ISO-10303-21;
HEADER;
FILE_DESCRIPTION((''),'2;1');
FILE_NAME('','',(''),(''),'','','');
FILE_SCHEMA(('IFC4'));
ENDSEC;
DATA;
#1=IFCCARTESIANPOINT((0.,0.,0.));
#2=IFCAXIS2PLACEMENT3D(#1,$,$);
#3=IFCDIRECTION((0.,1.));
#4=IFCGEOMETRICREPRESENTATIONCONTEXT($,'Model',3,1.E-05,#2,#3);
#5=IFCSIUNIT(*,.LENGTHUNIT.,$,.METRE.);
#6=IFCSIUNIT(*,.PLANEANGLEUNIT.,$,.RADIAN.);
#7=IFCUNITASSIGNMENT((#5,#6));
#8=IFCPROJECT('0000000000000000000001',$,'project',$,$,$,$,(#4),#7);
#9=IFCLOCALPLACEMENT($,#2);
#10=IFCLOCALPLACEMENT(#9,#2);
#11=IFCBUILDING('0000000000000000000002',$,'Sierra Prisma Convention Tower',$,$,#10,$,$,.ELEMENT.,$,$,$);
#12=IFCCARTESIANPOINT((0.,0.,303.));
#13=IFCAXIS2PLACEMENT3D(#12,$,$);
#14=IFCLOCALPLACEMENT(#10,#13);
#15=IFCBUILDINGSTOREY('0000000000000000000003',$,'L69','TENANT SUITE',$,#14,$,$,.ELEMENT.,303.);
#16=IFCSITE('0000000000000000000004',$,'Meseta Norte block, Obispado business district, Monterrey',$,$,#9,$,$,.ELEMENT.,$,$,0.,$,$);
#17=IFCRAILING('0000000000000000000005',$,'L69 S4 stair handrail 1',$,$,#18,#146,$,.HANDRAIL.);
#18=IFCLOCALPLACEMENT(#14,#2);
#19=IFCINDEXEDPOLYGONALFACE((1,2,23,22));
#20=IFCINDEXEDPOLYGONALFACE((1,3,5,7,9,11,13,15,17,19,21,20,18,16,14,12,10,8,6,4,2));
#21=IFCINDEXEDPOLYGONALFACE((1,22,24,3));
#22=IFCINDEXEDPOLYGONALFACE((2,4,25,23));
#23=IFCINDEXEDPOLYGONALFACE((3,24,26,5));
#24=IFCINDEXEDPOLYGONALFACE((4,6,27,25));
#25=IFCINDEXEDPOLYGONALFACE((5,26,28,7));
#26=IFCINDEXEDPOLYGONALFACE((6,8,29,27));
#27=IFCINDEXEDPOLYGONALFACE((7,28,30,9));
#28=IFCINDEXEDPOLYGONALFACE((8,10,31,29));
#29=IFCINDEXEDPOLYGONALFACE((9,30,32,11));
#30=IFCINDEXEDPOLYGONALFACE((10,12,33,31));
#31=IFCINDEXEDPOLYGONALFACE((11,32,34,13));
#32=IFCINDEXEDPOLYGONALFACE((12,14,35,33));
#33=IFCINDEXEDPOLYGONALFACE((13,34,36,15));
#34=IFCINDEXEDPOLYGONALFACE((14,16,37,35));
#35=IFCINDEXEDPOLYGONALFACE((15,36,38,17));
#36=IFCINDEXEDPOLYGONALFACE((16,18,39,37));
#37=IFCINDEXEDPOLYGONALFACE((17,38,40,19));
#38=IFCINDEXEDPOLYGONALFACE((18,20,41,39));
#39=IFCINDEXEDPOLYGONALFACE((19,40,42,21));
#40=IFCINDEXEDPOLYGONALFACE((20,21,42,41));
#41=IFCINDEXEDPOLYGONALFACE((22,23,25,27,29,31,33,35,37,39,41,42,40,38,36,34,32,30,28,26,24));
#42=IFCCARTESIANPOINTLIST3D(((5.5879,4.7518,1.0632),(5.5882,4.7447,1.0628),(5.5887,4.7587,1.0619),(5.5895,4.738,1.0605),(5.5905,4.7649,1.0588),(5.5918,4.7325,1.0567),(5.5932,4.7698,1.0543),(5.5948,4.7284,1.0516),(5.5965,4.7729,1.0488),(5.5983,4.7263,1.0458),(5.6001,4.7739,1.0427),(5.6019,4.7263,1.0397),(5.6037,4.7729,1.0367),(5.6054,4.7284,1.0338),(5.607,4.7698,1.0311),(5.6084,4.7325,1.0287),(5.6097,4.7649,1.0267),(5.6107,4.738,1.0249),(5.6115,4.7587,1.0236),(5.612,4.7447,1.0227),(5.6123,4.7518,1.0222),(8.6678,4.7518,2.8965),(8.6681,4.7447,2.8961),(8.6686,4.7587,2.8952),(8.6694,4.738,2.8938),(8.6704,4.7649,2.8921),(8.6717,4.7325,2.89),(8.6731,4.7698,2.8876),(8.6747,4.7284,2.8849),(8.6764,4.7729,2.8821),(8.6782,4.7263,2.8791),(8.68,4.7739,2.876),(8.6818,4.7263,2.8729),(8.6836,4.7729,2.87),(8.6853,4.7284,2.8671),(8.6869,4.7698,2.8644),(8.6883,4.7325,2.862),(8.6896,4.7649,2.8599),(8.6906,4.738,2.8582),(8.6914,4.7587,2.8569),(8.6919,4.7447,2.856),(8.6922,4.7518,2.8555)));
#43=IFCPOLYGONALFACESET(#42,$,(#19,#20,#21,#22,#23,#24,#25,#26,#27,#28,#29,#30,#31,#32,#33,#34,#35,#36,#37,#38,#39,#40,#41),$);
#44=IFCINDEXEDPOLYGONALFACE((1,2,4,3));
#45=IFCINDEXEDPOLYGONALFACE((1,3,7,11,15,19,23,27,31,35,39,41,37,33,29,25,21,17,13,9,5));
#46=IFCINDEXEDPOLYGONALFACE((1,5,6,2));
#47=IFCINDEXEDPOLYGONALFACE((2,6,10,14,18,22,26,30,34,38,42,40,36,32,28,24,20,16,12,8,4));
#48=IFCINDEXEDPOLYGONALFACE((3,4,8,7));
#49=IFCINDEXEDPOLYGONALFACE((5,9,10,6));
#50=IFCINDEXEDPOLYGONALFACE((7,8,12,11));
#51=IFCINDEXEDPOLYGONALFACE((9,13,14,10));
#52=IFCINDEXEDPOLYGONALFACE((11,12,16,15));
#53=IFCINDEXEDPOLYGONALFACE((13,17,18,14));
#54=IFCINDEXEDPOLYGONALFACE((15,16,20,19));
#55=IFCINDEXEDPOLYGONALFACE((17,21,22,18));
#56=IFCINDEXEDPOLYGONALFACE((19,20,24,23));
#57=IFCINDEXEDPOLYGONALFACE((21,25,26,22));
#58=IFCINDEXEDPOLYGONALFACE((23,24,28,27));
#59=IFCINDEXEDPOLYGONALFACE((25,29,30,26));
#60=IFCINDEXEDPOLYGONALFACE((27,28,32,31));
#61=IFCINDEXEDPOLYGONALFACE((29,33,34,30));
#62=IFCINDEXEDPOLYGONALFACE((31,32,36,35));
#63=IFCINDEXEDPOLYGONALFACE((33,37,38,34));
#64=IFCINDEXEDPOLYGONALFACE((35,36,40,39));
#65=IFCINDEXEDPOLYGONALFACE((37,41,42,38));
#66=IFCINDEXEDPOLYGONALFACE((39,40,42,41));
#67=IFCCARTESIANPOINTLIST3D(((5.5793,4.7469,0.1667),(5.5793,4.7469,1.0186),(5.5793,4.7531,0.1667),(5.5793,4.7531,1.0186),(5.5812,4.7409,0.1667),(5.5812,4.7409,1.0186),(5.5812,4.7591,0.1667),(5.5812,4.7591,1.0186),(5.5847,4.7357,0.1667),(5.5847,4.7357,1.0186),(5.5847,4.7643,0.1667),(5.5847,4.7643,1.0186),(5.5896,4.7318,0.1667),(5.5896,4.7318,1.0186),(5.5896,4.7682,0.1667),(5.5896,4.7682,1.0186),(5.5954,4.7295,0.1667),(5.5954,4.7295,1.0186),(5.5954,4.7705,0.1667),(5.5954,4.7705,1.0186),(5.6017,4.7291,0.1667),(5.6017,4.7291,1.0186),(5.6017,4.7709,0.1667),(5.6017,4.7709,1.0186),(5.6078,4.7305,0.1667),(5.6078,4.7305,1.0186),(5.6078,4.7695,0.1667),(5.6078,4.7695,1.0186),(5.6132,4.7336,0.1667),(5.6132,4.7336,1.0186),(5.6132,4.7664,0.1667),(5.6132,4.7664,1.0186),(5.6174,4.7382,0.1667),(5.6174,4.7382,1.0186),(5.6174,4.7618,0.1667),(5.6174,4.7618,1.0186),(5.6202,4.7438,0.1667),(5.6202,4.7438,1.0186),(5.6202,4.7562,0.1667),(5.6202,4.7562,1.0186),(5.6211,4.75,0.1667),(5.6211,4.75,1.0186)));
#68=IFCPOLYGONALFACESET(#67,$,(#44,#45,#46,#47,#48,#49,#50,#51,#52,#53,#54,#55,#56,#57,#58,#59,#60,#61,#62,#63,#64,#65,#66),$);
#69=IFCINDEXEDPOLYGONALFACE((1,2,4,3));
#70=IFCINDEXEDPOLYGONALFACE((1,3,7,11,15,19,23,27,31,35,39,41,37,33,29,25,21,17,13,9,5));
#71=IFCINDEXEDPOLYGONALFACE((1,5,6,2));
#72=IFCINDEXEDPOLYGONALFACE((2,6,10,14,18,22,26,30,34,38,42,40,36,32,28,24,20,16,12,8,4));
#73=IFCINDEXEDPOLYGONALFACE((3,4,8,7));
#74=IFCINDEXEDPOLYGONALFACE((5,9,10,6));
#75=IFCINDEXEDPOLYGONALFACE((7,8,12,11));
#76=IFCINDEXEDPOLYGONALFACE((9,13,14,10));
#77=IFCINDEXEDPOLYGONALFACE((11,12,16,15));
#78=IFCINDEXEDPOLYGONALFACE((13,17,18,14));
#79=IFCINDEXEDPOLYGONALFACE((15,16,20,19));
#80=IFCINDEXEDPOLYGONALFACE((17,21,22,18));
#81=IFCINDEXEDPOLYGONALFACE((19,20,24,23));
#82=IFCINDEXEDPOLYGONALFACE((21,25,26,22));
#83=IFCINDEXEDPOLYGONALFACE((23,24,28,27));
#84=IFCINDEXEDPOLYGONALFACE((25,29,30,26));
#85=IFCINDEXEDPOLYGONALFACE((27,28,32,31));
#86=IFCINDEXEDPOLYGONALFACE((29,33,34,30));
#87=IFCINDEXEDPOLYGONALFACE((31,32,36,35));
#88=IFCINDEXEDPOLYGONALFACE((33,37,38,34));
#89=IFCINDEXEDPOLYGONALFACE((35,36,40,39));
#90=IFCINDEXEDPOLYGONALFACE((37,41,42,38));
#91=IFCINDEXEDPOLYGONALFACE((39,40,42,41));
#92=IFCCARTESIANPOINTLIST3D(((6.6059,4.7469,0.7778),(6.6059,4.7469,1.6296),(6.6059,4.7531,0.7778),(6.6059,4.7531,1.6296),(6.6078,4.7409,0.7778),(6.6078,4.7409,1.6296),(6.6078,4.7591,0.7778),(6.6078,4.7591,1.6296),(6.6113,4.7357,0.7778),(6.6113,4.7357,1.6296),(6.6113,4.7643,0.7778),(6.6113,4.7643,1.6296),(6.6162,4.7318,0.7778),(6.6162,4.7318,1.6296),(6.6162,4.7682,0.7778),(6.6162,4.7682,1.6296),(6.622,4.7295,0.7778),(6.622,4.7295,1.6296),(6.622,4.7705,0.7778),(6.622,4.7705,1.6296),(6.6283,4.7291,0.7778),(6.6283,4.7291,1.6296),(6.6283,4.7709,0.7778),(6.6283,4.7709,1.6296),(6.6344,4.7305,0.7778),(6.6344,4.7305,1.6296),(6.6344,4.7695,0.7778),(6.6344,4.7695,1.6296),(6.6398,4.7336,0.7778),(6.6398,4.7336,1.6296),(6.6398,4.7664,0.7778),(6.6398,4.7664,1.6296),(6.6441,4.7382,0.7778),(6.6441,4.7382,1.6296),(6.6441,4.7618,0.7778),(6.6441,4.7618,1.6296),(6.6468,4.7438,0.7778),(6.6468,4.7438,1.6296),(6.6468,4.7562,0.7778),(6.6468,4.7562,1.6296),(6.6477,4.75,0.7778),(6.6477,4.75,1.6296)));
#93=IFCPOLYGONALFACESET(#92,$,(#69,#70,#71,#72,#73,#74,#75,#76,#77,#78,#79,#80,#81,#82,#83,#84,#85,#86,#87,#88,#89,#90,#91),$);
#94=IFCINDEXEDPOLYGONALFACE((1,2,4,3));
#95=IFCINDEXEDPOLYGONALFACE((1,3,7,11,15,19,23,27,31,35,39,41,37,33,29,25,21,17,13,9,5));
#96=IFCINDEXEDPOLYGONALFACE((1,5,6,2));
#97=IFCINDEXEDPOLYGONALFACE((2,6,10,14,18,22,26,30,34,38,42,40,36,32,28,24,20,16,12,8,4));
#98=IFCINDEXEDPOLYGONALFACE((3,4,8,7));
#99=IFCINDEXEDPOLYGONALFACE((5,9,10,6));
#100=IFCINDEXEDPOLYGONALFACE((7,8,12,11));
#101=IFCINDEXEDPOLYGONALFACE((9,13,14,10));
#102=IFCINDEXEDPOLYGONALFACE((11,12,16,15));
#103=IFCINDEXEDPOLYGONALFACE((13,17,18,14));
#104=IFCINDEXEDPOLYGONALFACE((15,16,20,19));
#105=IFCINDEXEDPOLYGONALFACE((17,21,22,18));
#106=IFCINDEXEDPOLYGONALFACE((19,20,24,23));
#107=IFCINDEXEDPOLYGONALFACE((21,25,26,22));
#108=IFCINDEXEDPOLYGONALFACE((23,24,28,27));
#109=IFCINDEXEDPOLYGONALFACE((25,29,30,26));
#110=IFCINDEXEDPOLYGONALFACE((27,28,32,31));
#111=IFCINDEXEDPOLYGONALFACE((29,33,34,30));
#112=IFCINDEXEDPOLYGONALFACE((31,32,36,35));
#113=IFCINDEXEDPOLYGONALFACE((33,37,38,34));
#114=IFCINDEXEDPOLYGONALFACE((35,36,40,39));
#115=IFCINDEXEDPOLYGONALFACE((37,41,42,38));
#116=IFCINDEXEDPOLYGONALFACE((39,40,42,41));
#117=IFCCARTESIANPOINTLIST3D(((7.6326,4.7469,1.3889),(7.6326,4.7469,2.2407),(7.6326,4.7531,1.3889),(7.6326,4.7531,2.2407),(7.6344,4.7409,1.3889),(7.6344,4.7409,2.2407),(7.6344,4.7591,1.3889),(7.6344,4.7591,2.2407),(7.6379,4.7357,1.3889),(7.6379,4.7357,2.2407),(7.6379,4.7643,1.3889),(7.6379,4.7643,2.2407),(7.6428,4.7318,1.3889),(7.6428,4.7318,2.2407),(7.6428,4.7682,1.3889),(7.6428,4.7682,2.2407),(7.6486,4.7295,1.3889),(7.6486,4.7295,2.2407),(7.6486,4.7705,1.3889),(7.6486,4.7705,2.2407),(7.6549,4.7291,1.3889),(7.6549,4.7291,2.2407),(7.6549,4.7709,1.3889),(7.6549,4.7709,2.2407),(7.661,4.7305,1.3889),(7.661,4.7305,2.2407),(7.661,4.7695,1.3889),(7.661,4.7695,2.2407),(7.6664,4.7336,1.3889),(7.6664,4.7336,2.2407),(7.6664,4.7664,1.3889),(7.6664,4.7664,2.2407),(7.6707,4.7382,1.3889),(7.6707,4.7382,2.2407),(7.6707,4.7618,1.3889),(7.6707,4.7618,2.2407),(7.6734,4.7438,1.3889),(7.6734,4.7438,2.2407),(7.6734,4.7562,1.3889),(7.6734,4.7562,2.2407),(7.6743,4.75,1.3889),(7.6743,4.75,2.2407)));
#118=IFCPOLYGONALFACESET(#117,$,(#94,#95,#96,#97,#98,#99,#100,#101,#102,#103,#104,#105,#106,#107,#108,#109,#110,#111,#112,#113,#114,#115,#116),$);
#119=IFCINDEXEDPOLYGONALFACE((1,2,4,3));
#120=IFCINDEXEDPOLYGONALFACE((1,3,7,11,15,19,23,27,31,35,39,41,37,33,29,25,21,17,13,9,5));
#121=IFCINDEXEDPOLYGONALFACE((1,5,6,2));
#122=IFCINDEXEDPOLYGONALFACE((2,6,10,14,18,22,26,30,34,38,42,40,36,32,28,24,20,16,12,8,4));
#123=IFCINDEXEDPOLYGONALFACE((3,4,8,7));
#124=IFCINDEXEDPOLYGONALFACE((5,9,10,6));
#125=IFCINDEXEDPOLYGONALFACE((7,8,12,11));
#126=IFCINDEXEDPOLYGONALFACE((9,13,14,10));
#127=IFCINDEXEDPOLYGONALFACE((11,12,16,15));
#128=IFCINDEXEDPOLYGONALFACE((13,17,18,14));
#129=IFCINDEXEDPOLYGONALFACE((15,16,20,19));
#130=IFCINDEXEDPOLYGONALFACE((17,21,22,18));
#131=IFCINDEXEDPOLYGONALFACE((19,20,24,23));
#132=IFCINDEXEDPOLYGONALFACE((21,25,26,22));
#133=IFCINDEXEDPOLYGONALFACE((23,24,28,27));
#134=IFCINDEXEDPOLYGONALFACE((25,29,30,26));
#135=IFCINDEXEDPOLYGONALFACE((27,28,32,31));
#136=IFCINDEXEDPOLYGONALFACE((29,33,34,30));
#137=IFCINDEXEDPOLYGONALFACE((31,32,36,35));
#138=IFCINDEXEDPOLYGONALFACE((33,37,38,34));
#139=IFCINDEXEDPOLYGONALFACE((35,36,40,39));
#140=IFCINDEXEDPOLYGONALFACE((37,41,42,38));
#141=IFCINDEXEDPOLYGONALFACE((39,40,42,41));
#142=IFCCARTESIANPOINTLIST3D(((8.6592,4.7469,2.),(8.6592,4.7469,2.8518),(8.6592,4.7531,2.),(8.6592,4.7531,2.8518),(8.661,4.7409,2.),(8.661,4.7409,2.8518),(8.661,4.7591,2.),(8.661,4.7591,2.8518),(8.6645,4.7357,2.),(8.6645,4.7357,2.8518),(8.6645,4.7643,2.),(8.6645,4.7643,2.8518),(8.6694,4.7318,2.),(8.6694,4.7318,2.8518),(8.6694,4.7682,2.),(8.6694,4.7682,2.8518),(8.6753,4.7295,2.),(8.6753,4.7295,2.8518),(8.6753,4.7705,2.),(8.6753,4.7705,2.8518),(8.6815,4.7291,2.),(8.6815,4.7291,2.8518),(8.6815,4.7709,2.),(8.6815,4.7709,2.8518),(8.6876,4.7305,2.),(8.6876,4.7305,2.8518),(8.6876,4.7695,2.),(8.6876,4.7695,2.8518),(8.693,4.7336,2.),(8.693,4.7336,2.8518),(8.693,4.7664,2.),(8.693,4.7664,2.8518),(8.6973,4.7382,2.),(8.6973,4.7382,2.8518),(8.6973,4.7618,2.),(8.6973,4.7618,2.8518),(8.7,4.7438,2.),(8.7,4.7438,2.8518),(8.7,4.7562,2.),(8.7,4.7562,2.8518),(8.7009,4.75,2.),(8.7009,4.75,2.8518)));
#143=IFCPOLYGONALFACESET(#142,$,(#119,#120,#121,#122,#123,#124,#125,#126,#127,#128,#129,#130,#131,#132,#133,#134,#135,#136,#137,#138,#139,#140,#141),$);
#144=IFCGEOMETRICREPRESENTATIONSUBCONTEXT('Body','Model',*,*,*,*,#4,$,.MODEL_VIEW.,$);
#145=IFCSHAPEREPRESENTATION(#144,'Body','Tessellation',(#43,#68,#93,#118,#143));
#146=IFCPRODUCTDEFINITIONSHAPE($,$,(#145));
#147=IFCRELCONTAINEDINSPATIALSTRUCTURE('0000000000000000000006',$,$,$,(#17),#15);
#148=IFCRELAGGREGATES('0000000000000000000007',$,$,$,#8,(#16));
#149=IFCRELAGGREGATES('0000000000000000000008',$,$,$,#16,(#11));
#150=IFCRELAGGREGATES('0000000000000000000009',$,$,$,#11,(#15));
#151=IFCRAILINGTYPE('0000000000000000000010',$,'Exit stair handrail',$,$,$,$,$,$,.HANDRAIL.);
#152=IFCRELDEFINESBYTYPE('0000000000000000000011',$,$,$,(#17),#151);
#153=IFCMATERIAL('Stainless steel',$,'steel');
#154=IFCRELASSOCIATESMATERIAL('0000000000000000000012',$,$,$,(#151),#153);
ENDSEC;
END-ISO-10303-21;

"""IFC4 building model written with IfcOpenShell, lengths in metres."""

from ifc_helpers import new_model, si_unit, direction, frame, origin, origin_2d, place, context, subcontext, project, spatial, circle, extrude, material, type_object, element, save


model = new_model("IFC4")

# Units and contexts
model_context = context("Model", 3, precision=1e-05, world=origin(), true_north=direction((0.0, 1.0)))
body_context = subcontext(model_context, "Body", "Model", "MODEL_VIEW")
ifc_project = project(units=[si_unit("LENGTHUNIT", "METRE"), si_unit("PLANEANGLEUNIT", "RADIAN")], contexts=[model_context])

# Site, building, storey
site_placement = place(None, origin())
site = spatial("IfcSite", under=ifc_project, at=site_placement, Name="Meseta Norte block, Obispado business district, Monterrey", CompositionType="ELEMENT", RefElevation=0.0)
building_placement = place(site_placement, origin())
building = spatial("IfcBuilding", under=site, at=building_placement, Name="Sierra Prisma Convention Tower", CompositionType="ELEMENT")
storey_placement = place(building_placement, frame((0.0, 0.0, 303.0)))
storey = spatial("IfcBuildingStorey", under=building, at=storey_placement, Name="L69", Description="TENANT SUITE", CompositionType="ELEMENT", Elevation=303.0)

# Railing
ifc_material_1 = material(Name="Stainless steel", Category="steel")
railing_type_1 = type_object("IfcRailingType", Name="Exit stair handrail", PredefinedType="HANDRAIL", material=ifc_material_1)
railing_1_placement = place(storey_placement, frame((5.6001, 4.75, 0.1667)))
element("IfcRailing", 1, at=railing_1_placement, inside=storey, type_object=railing_type_1, Name="L69 S4 stair handrail 1", PredefinedType="HANDRAIL", context=body_context, shape_type="SweptSolid", body=[
    extrude(circle(Radius=0.0239, at=origin_2d()), frame((0.0, 0.0, 0.876), z_axis=(0.859291, 0.0, 0.511487), x_axis=(0.0, 1.0, 0.0)), (0.0, 0.0, 1.0), 3.5842),
    extrude(circle(Radius=0.021, at=origin_2d()), origin(), (0.0, 0.0, 1.0), 0.8518),
    extrude(circle(Radius=0.021, at=origin_2d()), frame((1.0266, 0.0, 0.6111)), (0.0, 0.0, 1.0), 0.8518),
    extrude(circle(Radius=0.021, at=origin_2d()), frame((2.0532, 0.0, 1.2222)), (0.0, 0.0, 1.0), 0.8518),
    extrude(circle(Radius=0.021, at=origin_2d()), frame((3.0798, 0.0, 1.8333)), (0.0, 0.0, 1.0), 0.8518),
])

save(model, "model.ifc")
